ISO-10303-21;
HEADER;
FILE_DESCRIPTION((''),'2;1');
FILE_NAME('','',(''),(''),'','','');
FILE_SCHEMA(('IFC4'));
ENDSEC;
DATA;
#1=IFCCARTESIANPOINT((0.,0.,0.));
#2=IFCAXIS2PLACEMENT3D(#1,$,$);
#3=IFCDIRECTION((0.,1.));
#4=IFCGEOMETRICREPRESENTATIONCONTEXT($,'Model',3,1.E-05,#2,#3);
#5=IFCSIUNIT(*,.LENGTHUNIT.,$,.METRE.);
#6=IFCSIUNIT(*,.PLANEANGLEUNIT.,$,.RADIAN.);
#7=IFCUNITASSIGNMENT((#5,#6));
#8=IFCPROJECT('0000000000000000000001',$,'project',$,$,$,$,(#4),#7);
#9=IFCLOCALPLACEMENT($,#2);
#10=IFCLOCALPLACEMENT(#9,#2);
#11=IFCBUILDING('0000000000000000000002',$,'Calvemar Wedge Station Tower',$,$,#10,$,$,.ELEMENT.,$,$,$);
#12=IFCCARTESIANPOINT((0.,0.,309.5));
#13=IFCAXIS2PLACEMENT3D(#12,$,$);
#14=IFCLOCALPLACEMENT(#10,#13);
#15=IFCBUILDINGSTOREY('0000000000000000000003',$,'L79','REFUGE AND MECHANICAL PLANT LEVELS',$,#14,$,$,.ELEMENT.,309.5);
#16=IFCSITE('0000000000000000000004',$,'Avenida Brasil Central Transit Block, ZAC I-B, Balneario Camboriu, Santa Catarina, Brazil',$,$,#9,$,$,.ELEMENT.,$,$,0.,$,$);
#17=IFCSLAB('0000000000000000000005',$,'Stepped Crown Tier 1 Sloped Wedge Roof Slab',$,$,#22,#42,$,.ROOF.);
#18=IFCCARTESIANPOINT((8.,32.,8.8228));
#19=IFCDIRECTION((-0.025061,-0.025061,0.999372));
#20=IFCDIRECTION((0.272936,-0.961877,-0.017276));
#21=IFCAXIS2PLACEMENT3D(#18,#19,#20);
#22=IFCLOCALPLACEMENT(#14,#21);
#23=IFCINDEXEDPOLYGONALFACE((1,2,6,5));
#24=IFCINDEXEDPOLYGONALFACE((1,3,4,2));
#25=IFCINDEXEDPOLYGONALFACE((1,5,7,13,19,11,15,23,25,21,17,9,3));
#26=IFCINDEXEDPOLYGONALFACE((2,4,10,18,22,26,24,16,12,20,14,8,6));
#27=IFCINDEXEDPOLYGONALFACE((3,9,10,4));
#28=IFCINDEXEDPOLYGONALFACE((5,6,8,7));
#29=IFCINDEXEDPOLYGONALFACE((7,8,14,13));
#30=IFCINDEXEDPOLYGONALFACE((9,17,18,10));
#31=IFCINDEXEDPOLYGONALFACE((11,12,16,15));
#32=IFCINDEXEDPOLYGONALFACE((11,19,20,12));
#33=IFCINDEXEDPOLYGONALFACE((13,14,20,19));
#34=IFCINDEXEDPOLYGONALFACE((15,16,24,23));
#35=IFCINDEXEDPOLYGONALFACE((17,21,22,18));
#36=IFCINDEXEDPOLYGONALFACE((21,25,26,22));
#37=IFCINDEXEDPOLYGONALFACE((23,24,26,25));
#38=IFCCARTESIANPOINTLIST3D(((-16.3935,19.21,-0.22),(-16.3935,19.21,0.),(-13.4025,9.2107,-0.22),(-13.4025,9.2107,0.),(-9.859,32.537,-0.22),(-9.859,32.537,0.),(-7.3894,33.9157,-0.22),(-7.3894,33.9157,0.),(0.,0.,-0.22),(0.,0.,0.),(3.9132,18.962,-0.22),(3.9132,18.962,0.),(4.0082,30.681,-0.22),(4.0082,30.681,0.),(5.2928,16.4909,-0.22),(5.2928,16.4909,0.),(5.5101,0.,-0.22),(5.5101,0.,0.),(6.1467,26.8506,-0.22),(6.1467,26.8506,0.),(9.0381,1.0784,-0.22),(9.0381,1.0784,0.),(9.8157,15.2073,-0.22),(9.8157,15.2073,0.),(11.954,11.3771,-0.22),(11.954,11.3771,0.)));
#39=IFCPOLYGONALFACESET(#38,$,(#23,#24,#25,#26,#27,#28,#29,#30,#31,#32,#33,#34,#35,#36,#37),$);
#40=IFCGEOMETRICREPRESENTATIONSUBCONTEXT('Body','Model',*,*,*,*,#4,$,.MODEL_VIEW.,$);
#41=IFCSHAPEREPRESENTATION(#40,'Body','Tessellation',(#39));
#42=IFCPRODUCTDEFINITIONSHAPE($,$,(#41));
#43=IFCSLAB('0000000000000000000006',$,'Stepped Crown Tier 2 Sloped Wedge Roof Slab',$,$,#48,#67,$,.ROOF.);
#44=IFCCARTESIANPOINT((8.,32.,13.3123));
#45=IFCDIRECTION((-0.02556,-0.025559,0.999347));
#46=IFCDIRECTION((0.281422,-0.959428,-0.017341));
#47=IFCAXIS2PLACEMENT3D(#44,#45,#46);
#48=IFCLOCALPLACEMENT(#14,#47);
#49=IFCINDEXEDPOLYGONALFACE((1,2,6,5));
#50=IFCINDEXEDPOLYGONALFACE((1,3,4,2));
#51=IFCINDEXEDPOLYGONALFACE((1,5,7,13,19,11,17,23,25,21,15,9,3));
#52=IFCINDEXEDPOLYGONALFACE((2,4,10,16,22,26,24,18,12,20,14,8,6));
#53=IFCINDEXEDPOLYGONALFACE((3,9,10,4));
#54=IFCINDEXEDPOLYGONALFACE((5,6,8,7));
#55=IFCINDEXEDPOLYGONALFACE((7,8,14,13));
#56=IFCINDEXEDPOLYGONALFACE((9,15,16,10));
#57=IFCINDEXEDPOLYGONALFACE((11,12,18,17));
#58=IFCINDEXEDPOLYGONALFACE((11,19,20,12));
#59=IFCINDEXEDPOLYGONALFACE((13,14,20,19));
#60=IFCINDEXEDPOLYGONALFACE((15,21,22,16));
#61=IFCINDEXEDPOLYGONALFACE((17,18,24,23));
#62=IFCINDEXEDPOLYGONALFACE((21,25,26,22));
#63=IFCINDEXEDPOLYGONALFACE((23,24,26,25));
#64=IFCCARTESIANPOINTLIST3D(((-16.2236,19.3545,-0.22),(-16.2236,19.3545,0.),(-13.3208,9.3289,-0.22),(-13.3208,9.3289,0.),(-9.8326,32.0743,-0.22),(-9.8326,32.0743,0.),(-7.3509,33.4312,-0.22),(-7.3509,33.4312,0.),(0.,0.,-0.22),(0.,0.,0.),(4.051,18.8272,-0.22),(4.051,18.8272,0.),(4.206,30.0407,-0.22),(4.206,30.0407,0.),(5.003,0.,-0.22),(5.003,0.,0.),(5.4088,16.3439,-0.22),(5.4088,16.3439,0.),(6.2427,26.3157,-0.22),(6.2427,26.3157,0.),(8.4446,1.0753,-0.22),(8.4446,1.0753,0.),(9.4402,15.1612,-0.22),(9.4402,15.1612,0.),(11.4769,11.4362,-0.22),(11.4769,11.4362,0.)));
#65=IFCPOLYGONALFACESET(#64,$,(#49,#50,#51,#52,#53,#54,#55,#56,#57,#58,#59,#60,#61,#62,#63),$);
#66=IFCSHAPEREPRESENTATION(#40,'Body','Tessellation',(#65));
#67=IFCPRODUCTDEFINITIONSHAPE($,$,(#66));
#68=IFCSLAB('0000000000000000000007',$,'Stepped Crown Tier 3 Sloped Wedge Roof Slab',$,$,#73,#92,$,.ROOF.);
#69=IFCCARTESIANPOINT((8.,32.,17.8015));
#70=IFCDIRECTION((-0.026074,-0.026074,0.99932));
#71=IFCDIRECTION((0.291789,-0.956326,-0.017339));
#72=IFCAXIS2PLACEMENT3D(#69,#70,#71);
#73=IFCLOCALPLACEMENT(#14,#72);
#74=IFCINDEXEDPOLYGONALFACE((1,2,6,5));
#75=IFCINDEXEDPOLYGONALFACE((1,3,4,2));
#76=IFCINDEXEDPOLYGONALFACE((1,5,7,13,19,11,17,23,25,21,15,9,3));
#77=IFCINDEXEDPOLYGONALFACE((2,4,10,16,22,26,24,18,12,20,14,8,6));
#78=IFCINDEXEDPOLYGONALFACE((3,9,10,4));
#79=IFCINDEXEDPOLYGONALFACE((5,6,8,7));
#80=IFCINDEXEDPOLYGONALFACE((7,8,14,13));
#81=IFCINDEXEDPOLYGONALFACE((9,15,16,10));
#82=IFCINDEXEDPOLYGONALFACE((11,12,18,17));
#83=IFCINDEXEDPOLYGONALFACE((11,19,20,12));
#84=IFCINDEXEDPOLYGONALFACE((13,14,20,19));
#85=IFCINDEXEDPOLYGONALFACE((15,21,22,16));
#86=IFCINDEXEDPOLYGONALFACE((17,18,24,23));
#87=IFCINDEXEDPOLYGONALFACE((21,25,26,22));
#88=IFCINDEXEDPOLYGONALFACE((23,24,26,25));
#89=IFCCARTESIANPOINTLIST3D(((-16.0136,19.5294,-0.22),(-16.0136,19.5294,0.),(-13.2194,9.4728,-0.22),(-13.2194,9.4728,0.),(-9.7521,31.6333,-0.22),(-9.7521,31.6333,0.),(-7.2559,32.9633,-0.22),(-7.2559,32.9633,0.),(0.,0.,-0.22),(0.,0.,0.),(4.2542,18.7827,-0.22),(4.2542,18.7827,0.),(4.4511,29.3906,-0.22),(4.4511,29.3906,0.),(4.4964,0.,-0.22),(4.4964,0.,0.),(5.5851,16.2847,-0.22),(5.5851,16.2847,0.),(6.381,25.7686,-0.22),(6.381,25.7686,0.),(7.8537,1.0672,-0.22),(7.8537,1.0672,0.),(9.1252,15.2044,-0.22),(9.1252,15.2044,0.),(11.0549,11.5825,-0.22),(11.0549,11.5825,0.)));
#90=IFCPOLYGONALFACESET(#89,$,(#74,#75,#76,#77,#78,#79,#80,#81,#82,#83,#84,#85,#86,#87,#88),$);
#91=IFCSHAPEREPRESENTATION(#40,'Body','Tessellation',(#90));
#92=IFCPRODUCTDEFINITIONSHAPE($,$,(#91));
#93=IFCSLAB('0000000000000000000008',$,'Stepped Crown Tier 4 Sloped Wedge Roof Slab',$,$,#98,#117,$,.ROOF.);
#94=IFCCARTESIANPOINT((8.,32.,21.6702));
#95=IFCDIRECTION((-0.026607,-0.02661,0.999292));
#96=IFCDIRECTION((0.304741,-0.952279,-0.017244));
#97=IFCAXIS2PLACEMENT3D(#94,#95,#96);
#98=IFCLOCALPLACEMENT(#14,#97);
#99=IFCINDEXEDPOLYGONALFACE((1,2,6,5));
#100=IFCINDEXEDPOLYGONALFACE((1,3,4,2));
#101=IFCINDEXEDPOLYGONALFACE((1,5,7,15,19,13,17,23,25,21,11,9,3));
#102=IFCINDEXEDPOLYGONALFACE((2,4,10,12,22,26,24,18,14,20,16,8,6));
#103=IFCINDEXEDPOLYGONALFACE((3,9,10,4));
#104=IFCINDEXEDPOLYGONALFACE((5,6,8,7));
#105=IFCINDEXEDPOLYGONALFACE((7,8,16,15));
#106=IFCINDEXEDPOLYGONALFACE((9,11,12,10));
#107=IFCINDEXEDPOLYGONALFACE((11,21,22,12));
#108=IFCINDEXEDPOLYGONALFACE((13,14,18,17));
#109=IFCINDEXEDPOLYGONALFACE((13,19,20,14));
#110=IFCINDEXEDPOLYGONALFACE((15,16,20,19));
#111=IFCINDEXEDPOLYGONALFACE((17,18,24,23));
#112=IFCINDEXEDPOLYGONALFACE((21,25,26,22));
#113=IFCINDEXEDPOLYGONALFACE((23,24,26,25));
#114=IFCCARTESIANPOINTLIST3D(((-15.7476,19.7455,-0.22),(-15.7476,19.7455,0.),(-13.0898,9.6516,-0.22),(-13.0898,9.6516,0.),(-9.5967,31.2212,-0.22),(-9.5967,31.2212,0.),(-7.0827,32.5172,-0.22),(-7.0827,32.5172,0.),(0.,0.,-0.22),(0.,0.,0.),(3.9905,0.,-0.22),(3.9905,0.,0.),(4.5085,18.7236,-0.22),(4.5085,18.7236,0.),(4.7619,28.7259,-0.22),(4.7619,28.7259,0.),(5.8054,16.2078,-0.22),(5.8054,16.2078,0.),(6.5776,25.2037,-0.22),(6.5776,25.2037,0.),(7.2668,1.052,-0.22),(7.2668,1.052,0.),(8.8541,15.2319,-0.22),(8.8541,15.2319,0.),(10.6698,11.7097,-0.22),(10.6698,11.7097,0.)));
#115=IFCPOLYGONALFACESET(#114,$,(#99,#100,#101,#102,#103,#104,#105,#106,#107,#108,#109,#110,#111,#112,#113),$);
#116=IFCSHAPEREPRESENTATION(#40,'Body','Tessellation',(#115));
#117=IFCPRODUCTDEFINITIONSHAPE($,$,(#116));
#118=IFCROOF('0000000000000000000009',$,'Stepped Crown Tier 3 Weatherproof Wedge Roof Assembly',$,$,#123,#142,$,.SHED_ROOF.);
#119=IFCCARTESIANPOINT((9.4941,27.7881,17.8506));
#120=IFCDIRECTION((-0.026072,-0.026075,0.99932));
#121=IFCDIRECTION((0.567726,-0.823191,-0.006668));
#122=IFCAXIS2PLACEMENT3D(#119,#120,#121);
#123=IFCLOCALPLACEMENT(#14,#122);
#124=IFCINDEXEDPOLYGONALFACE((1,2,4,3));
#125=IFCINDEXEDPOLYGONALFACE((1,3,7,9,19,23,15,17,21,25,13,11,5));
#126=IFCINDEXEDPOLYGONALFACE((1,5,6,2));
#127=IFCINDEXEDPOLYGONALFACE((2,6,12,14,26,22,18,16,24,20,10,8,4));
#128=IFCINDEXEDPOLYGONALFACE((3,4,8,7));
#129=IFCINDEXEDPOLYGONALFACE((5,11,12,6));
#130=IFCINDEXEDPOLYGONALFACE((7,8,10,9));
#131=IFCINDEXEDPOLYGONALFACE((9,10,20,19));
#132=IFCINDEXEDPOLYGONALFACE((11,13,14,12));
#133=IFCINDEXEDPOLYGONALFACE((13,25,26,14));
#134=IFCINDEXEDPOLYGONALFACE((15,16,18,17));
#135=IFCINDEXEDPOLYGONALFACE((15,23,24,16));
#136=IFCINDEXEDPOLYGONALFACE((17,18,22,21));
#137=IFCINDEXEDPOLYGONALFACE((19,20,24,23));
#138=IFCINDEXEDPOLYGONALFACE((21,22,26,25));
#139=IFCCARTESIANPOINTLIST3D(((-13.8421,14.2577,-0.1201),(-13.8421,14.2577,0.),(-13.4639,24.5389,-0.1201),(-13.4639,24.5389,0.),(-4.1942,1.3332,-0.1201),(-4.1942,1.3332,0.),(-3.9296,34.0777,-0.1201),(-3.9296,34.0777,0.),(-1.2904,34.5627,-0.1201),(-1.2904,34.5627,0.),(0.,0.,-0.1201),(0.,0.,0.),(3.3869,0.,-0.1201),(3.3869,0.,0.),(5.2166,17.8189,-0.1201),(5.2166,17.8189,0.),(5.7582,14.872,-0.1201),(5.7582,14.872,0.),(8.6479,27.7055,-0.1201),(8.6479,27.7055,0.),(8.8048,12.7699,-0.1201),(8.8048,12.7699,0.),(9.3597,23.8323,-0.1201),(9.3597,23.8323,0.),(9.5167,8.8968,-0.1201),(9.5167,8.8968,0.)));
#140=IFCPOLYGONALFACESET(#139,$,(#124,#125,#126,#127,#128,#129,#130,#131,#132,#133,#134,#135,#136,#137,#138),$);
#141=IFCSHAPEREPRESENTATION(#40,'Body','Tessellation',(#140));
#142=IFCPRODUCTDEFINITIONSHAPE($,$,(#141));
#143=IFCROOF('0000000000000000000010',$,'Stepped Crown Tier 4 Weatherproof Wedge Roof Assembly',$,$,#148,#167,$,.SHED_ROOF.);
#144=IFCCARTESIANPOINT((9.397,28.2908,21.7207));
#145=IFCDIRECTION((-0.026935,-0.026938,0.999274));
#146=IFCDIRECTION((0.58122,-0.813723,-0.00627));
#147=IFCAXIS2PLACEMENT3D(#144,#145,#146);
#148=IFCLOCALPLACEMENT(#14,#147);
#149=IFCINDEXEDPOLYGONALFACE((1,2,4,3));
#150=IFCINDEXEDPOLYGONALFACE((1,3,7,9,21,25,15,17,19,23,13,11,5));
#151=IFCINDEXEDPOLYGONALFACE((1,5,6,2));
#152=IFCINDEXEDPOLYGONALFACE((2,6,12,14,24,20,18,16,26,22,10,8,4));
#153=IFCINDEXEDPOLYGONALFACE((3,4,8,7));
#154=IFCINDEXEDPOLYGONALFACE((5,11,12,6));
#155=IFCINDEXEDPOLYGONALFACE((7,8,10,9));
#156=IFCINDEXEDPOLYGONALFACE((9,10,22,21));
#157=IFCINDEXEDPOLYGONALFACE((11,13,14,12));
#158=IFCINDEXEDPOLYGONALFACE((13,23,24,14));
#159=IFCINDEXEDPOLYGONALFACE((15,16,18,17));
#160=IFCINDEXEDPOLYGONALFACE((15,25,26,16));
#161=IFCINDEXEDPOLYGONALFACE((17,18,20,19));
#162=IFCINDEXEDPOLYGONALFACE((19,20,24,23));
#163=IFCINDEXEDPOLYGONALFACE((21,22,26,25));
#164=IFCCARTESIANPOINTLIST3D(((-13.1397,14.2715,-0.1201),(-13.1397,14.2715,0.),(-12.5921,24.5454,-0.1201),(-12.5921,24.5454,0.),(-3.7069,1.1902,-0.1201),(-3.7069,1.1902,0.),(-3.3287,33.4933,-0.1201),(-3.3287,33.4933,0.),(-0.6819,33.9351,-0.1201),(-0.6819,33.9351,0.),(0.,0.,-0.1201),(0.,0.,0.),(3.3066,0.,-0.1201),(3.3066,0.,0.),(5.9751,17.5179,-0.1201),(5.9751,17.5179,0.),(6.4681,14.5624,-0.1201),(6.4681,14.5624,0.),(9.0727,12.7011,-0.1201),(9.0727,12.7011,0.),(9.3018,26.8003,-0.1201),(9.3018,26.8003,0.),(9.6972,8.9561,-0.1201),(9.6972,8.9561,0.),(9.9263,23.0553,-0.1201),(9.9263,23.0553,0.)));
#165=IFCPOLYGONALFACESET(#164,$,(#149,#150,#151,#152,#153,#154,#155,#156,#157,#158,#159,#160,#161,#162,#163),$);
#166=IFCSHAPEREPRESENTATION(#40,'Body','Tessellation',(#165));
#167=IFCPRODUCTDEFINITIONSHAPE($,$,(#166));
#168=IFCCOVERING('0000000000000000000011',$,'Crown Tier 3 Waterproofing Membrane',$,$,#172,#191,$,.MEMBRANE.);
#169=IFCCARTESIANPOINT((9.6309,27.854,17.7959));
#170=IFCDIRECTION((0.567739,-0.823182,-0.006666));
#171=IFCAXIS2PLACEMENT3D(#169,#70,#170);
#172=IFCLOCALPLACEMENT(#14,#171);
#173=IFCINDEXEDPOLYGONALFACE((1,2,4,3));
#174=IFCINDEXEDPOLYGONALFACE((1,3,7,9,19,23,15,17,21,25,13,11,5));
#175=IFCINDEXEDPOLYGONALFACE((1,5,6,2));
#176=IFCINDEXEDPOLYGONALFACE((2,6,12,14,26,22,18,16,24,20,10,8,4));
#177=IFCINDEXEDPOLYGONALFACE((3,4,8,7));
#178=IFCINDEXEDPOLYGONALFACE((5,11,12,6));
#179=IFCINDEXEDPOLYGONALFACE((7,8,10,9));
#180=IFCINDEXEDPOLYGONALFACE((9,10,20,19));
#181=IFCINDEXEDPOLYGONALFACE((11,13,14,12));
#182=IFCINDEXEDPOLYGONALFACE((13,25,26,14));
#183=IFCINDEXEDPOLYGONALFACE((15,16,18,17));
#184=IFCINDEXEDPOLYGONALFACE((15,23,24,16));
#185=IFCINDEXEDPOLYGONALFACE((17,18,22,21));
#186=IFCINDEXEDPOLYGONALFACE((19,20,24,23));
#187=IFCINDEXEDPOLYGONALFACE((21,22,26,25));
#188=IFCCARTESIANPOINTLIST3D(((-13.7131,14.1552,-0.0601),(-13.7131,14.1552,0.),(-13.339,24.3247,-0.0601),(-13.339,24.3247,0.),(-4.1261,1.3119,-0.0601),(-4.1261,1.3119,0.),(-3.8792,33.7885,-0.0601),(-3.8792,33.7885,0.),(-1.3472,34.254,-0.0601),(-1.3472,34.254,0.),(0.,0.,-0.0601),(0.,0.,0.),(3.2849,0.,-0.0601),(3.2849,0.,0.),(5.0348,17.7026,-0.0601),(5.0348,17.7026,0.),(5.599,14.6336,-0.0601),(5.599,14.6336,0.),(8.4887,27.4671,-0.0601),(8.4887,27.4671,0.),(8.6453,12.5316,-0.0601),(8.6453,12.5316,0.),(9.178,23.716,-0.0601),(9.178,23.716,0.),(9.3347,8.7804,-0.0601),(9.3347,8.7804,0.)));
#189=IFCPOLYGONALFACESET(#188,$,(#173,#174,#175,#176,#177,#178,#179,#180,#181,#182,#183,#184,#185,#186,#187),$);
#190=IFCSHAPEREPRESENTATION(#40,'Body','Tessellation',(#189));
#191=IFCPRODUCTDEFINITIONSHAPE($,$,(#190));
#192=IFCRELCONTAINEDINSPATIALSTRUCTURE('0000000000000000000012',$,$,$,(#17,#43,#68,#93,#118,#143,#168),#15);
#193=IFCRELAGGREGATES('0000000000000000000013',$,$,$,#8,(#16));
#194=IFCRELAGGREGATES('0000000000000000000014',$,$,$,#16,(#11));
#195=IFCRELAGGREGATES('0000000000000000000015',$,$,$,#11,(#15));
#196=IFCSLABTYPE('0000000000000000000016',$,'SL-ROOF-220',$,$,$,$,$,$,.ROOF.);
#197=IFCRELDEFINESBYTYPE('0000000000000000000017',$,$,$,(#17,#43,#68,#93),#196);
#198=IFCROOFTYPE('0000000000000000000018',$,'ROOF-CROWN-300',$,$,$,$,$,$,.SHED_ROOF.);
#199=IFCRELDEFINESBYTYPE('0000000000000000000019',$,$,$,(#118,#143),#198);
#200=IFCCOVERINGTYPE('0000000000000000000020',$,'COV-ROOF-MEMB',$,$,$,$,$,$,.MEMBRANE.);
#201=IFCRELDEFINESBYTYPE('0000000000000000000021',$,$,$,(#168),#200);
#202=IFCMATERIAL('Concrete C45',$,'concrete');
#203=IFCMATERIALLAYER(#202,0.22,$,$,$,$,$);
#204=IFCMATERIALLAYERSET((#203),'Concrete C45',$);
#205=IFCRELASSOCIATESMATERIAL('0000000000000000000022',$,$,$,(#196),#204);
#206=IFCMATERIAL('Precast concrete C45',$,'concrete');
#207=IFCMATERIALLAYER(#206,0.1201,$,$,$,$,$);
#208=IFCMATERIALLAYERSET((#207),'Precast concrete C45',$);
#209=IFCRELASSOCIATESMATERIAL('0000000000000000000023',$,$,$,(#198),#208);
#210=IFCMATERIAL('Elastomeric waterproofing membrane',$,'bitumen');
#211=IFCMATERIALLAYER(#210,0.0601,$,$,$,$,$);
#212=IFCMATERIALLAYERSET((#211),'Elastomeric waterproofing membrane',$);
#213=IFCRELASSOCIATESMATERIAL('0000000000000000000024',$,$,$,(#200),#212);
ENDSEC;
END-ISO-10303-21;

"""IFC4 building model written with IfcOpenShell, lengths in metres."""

from ifc_helpers import new_model, si_unit, direction, frame, origin, place, context, subcontext, project, spatial, polyline, outline, extrude, material, layer, layer_set, type_object, element, save


model = new_model("IFC4")

# Units and contexts
model_context = context("Model", 3, precision=1e-05, world=origin(), true_north=direction((0.0, 1.0)))
body_context = subcontext(model_context, "Body", "Model", "MODEL_VIEW")
ifc_project = project(units=[si_unit("LENGTHUNIT", "METRE"), si_unit("PLANEANGLEUNIT", "RADIAN")], contexts=[model_context])

# Site, building, storey
site_placement = place(None, origin())
site = spatial("IfcSite", under=ifc_project, at=site_placement, Name="Avenida Brasil Central Transit Block, ZAC I-B, Balneario Camboriu, Santa Catarina, Brazil", CompositionType="ELEMENT", RefElevation=0.0)
building_placement = place(site_placement, origin())
building = spatial("IfcBuilding", under=site, at=building_placement, Name="Calvemar Wedge Station Tower", CompositionType="ELEMENT")
storey_placement = place(building_placement, frame((0.0, 0.0, 309.5)))
storey = spatial("IfcBuildingStorey", under=building, at=storey_placement, Name="L79", Description="REFUGE AND MECHANICAL PLANT LEVELS", CompositionType="ELEMENT", Elevation=309.5)

# Slabs
ifc_material_1 = material(Name="Concrete C45", Category="concrete")
ifc_layer_1 = layer(ifc_material_1, 0.22)
ifc_layer_set_1 = layer_set([ifc_layer_1], Name="Concrete C45")
slab_type = type_object("IfcSlabType", Name="SL-ROOF-220", PredefinedType="ROOF", material=ifc_layer_set_1)
slab_1_placement = place(storey_placement, frame((8.0, 32.0, 8.8228), z_axis=(-0.025061, -0.025061, 0.999372), x_axis=(0.272936, -0.961877, -0.017276)))
element("IfcSlab", 1, at=slab_1_placement, inside=storey, type_object=slab_type, Name="Stepped Crown Tier 1 Sloped Wedge Roof Slab", PredefinedType="ROOF", context=body_context, shape_type="SweptSolid", body=[
    extrude(outline(polyline([(0.0, 0.0), (5.5101, 0.0), (9.0381, 1.0784), (11.954, 11.3771), (9.8157, 15.2073), (5.2928, 16.4909), (3.9132, 18.962), (6.1467, 26.8506), (4.0082, 30.681), (-7.3894, 33.9157), (-9.859, 32.537), (-16.3935, 19.21), (-13.4025, 9.2107), (0.0, 0.0)])), origin(), (0.0, 0.0, -1.0), 0.22),
])
slab_2_placement = place(storey_placement, frame((8.0, 32.0, 13.3123), z_axis=(-0.02556, -0.025559, 0.999347), x_axis=(0.281422, -0.959428, -0.017341)))
element("IfcSlab", 2, at=slab_2_placement, inside=storey, type_object=slab_type, Name="Stepped Crown Tier 2 Sloped Wedge Roof Slab", PredefinedType="ROOF", context=body_context, shape_type="SweptSolid", body=[
    extrude(outline(polyline([(0.0, 0.0), (5.003, 0.0), (8.4446, 1.0753), (11.4769, 11.4362), (9.4402, 15.1612), (5.4088, 16.3439), (4.051, 18.8272), (6.2427, 26.3157), (4.206, 30.0407), (-7.3509, 33.4312), (-9.8326, 32.0743), (-16.2236, 19.3545), (-13.3208, 9.3289), (0.0, 0.0)])), origin(), (0.0, 0.0, -1.0), 0.22),
])
slab_3_placement = place(storey_placement, frame((8.0, 32.0, 17.8015), z_axis=(-0.026074, -0.026074, 0.99932), x_axis=(0.291789, -0.956326, -0.017339)))
element("IfcSlab", 3, at=slab_3_placement, inside=storey, type_object=slab_type, Name="Stepped Crown Tier 3 Sloped Wedge Roof Slab", PredefinedType="ROOF", context=body_context, shape_type="SweptSolid", body=[
    extrude(outline(polyline([(0.0, 0.0), (4.4964, 0.0), (7.8537, 1.0672), (11.0549, 11.5825), (9.1252, 15.2044), (5.5851, 16.2847), (4.2542, 18.7827), (6.381, 25.7686), (4.4511, 29.3906), (-7.2559, 32.9633), (-9.7521, 31.6333), (-16.0136, 19.5294), (-13.2194, 9.4728), (0.0, 0.0)])), origin(), (0.0, 0.0, -1.0), 0.22),
])
slab_4_placement = place(storey_placement, frame((8.0, 32.0, 21.6702), z_axis=(-0.026607, -0.02661, 0.999292), x_axis=(0.304741, -0.952279, -0.017244)))
element("IfcSlab", 4, at=slab_4_placement, inside=storey, type_object=slab_type, Name="Stepped Crown Tier 4 Sloped Wedge Roof Slab", PredefinedType="ROOF", context=body_context, shape_type="SweptSolid", body=[
    extrude(outline(polyline([(0.0, 0.0), (3.9905, 0.0), (7.2668, 1.052), (10.6698, 11.7097), (8.8541, 15.2319), (5.8054, 16.2078), (4.5085, 18.7236), (6.5776, 25.2037), (4.7619, 28.7259), (-7.0827, 32.5172), (-9.5967, 31.2212), (-15.7476, 19.7455), (-13.0898, 9.6516), (0.0, 0.0)])), origin(), (0.0, 0.0, -1.0), 0.22),
])

# Shared definitions
ifc_material_2 = material(Name="Precast concrete C45", Category="concrete")

# Roofs
ifc_layer_2 = layer(ifc_material_2, 0.1201)
ifc_layer_set_2 = layer_set([ifc_layer_2], Name="Precast concrete C45")
roof_type = type_object("IfcRoofType", Name="ROOF-CROWN-300", PredefinedType="SHED_ROOF", material=ifc_layer_set_2)
roof_1_placement = place(storey_placement, frame((9.4941, 27.7881, 17.8506), z_axis=(-0.026072, -0.026075, 0.99932), x_axis=(0.567726, -0.823191, -0.006668)))
element("IfcRoof", 5, at=roof_1_placement, inside=storey, type_object=roof_type, Name="Stepped Crown Tier 3 Weatherproof Wedge Roof Assembly", PredefinedType="SHED_ROOF", context=body_context, shape_type="SweptSolid", body=[
    extrude(outline(polyline([(0.0, 0.0), (3.3869, 0.0), (9.5167, 8.8968), (8.8048, 12.7699), (5.7582, 14.872), (5.2166, 17.8189), (9.3597, 23.8323), (8.6479, 27.7055), (-1.2904, 34.5627), (-3.9296, 34.0777), (-13.4639, 24.5389), (-13.8421, 14.2577), (-4.1942, 1.3332), (0.0, 0.0)])), origin(), (0.0, 0.0, -1.0), 0.1201),
])
roof_2_placement = place(storey_placement, frame((9.397, 28.2908, 21.7207), z_axis=(-0.026935, -0.026938, 0.999274), x_axis=(0.58122, -0.813723, -0.00627)))
element("IfcRoof", 6, at=roof_2_placement, inside=storey, type_object=roof_type, Name="Stepped Crown Tier 4 Weatherproof Wedge Roof Assembly", PredefinedType="SHED_ROOF", context=body_context, shape_type="SweptSolid", body=[
    extrude(outline(polyline([(0.0, 0.0), (3.3066, 0.0), (9.6972, 8.9561), (9.0727, 12.7011), (6.4681, 14.5624), (5.9751, 17.5179), (9.9263, 23.0553), (9.3018, 26.8003), (-0.6819, 33.9351), (-3.3287, 33.4933), (-12.5921, 24.5454), (-13.1397, 14.2715), (-3.7069, 1.1902), (0.0, 0.0)])), origin(), (0.0, 0.0, -1.0), 0.1201),
])

# Covering
ifc_material_3 = material(Name="Elastomeric waterproofing membrane", Category="bitumen")
ifc_layer_3 = layer(ifc_material_3, 0.0601)
ifc_layer_set_3 = layer_set([ifc_layer_3], Name="Elastomeric waterproofing membrane")
covering_type = type_object("IfcCoveringType", Name="COV-ROOF-MEMB", PredefinedType="MEMBRANE", material=ifc_layer_set_3)
covering_1_placement = place(storey_placement, frame((9.6309, 27.854, 17.7959), z_axis=(-0.026074, -0.026074, 0.99932), x_axis=(0.567739, -0.823182, -0.006666)))
element("IfcCovering", 7, at=covering_1_placement, inside=storey, type_object=covering_type, Name="Crown Tier 3 Waterproofing Membrane", PredefinedType="MEMBRANE", context=body_context, shape_type="SweptSolid", body=[
    extrude(outline(polyline([(0.0, 0.0), (3.2849, 0.0), (9.3347, 8.7804), (8.6453, 12.5316), (5.599, 14.6336), (5.0348, 17.7026), (9.178, 23.716), (8.4887, 27.4671), (-1.3472, 34.254), (-3.8792, 33.7885), (-13.339, 24.3247), (-13.7131, 14.1552), (-4.1261, 1.3119), (0.0, 0.0)])), origin(), (0.0, 0.0, -1.0), 0.0601),
])

save(model, "model.ifc")
